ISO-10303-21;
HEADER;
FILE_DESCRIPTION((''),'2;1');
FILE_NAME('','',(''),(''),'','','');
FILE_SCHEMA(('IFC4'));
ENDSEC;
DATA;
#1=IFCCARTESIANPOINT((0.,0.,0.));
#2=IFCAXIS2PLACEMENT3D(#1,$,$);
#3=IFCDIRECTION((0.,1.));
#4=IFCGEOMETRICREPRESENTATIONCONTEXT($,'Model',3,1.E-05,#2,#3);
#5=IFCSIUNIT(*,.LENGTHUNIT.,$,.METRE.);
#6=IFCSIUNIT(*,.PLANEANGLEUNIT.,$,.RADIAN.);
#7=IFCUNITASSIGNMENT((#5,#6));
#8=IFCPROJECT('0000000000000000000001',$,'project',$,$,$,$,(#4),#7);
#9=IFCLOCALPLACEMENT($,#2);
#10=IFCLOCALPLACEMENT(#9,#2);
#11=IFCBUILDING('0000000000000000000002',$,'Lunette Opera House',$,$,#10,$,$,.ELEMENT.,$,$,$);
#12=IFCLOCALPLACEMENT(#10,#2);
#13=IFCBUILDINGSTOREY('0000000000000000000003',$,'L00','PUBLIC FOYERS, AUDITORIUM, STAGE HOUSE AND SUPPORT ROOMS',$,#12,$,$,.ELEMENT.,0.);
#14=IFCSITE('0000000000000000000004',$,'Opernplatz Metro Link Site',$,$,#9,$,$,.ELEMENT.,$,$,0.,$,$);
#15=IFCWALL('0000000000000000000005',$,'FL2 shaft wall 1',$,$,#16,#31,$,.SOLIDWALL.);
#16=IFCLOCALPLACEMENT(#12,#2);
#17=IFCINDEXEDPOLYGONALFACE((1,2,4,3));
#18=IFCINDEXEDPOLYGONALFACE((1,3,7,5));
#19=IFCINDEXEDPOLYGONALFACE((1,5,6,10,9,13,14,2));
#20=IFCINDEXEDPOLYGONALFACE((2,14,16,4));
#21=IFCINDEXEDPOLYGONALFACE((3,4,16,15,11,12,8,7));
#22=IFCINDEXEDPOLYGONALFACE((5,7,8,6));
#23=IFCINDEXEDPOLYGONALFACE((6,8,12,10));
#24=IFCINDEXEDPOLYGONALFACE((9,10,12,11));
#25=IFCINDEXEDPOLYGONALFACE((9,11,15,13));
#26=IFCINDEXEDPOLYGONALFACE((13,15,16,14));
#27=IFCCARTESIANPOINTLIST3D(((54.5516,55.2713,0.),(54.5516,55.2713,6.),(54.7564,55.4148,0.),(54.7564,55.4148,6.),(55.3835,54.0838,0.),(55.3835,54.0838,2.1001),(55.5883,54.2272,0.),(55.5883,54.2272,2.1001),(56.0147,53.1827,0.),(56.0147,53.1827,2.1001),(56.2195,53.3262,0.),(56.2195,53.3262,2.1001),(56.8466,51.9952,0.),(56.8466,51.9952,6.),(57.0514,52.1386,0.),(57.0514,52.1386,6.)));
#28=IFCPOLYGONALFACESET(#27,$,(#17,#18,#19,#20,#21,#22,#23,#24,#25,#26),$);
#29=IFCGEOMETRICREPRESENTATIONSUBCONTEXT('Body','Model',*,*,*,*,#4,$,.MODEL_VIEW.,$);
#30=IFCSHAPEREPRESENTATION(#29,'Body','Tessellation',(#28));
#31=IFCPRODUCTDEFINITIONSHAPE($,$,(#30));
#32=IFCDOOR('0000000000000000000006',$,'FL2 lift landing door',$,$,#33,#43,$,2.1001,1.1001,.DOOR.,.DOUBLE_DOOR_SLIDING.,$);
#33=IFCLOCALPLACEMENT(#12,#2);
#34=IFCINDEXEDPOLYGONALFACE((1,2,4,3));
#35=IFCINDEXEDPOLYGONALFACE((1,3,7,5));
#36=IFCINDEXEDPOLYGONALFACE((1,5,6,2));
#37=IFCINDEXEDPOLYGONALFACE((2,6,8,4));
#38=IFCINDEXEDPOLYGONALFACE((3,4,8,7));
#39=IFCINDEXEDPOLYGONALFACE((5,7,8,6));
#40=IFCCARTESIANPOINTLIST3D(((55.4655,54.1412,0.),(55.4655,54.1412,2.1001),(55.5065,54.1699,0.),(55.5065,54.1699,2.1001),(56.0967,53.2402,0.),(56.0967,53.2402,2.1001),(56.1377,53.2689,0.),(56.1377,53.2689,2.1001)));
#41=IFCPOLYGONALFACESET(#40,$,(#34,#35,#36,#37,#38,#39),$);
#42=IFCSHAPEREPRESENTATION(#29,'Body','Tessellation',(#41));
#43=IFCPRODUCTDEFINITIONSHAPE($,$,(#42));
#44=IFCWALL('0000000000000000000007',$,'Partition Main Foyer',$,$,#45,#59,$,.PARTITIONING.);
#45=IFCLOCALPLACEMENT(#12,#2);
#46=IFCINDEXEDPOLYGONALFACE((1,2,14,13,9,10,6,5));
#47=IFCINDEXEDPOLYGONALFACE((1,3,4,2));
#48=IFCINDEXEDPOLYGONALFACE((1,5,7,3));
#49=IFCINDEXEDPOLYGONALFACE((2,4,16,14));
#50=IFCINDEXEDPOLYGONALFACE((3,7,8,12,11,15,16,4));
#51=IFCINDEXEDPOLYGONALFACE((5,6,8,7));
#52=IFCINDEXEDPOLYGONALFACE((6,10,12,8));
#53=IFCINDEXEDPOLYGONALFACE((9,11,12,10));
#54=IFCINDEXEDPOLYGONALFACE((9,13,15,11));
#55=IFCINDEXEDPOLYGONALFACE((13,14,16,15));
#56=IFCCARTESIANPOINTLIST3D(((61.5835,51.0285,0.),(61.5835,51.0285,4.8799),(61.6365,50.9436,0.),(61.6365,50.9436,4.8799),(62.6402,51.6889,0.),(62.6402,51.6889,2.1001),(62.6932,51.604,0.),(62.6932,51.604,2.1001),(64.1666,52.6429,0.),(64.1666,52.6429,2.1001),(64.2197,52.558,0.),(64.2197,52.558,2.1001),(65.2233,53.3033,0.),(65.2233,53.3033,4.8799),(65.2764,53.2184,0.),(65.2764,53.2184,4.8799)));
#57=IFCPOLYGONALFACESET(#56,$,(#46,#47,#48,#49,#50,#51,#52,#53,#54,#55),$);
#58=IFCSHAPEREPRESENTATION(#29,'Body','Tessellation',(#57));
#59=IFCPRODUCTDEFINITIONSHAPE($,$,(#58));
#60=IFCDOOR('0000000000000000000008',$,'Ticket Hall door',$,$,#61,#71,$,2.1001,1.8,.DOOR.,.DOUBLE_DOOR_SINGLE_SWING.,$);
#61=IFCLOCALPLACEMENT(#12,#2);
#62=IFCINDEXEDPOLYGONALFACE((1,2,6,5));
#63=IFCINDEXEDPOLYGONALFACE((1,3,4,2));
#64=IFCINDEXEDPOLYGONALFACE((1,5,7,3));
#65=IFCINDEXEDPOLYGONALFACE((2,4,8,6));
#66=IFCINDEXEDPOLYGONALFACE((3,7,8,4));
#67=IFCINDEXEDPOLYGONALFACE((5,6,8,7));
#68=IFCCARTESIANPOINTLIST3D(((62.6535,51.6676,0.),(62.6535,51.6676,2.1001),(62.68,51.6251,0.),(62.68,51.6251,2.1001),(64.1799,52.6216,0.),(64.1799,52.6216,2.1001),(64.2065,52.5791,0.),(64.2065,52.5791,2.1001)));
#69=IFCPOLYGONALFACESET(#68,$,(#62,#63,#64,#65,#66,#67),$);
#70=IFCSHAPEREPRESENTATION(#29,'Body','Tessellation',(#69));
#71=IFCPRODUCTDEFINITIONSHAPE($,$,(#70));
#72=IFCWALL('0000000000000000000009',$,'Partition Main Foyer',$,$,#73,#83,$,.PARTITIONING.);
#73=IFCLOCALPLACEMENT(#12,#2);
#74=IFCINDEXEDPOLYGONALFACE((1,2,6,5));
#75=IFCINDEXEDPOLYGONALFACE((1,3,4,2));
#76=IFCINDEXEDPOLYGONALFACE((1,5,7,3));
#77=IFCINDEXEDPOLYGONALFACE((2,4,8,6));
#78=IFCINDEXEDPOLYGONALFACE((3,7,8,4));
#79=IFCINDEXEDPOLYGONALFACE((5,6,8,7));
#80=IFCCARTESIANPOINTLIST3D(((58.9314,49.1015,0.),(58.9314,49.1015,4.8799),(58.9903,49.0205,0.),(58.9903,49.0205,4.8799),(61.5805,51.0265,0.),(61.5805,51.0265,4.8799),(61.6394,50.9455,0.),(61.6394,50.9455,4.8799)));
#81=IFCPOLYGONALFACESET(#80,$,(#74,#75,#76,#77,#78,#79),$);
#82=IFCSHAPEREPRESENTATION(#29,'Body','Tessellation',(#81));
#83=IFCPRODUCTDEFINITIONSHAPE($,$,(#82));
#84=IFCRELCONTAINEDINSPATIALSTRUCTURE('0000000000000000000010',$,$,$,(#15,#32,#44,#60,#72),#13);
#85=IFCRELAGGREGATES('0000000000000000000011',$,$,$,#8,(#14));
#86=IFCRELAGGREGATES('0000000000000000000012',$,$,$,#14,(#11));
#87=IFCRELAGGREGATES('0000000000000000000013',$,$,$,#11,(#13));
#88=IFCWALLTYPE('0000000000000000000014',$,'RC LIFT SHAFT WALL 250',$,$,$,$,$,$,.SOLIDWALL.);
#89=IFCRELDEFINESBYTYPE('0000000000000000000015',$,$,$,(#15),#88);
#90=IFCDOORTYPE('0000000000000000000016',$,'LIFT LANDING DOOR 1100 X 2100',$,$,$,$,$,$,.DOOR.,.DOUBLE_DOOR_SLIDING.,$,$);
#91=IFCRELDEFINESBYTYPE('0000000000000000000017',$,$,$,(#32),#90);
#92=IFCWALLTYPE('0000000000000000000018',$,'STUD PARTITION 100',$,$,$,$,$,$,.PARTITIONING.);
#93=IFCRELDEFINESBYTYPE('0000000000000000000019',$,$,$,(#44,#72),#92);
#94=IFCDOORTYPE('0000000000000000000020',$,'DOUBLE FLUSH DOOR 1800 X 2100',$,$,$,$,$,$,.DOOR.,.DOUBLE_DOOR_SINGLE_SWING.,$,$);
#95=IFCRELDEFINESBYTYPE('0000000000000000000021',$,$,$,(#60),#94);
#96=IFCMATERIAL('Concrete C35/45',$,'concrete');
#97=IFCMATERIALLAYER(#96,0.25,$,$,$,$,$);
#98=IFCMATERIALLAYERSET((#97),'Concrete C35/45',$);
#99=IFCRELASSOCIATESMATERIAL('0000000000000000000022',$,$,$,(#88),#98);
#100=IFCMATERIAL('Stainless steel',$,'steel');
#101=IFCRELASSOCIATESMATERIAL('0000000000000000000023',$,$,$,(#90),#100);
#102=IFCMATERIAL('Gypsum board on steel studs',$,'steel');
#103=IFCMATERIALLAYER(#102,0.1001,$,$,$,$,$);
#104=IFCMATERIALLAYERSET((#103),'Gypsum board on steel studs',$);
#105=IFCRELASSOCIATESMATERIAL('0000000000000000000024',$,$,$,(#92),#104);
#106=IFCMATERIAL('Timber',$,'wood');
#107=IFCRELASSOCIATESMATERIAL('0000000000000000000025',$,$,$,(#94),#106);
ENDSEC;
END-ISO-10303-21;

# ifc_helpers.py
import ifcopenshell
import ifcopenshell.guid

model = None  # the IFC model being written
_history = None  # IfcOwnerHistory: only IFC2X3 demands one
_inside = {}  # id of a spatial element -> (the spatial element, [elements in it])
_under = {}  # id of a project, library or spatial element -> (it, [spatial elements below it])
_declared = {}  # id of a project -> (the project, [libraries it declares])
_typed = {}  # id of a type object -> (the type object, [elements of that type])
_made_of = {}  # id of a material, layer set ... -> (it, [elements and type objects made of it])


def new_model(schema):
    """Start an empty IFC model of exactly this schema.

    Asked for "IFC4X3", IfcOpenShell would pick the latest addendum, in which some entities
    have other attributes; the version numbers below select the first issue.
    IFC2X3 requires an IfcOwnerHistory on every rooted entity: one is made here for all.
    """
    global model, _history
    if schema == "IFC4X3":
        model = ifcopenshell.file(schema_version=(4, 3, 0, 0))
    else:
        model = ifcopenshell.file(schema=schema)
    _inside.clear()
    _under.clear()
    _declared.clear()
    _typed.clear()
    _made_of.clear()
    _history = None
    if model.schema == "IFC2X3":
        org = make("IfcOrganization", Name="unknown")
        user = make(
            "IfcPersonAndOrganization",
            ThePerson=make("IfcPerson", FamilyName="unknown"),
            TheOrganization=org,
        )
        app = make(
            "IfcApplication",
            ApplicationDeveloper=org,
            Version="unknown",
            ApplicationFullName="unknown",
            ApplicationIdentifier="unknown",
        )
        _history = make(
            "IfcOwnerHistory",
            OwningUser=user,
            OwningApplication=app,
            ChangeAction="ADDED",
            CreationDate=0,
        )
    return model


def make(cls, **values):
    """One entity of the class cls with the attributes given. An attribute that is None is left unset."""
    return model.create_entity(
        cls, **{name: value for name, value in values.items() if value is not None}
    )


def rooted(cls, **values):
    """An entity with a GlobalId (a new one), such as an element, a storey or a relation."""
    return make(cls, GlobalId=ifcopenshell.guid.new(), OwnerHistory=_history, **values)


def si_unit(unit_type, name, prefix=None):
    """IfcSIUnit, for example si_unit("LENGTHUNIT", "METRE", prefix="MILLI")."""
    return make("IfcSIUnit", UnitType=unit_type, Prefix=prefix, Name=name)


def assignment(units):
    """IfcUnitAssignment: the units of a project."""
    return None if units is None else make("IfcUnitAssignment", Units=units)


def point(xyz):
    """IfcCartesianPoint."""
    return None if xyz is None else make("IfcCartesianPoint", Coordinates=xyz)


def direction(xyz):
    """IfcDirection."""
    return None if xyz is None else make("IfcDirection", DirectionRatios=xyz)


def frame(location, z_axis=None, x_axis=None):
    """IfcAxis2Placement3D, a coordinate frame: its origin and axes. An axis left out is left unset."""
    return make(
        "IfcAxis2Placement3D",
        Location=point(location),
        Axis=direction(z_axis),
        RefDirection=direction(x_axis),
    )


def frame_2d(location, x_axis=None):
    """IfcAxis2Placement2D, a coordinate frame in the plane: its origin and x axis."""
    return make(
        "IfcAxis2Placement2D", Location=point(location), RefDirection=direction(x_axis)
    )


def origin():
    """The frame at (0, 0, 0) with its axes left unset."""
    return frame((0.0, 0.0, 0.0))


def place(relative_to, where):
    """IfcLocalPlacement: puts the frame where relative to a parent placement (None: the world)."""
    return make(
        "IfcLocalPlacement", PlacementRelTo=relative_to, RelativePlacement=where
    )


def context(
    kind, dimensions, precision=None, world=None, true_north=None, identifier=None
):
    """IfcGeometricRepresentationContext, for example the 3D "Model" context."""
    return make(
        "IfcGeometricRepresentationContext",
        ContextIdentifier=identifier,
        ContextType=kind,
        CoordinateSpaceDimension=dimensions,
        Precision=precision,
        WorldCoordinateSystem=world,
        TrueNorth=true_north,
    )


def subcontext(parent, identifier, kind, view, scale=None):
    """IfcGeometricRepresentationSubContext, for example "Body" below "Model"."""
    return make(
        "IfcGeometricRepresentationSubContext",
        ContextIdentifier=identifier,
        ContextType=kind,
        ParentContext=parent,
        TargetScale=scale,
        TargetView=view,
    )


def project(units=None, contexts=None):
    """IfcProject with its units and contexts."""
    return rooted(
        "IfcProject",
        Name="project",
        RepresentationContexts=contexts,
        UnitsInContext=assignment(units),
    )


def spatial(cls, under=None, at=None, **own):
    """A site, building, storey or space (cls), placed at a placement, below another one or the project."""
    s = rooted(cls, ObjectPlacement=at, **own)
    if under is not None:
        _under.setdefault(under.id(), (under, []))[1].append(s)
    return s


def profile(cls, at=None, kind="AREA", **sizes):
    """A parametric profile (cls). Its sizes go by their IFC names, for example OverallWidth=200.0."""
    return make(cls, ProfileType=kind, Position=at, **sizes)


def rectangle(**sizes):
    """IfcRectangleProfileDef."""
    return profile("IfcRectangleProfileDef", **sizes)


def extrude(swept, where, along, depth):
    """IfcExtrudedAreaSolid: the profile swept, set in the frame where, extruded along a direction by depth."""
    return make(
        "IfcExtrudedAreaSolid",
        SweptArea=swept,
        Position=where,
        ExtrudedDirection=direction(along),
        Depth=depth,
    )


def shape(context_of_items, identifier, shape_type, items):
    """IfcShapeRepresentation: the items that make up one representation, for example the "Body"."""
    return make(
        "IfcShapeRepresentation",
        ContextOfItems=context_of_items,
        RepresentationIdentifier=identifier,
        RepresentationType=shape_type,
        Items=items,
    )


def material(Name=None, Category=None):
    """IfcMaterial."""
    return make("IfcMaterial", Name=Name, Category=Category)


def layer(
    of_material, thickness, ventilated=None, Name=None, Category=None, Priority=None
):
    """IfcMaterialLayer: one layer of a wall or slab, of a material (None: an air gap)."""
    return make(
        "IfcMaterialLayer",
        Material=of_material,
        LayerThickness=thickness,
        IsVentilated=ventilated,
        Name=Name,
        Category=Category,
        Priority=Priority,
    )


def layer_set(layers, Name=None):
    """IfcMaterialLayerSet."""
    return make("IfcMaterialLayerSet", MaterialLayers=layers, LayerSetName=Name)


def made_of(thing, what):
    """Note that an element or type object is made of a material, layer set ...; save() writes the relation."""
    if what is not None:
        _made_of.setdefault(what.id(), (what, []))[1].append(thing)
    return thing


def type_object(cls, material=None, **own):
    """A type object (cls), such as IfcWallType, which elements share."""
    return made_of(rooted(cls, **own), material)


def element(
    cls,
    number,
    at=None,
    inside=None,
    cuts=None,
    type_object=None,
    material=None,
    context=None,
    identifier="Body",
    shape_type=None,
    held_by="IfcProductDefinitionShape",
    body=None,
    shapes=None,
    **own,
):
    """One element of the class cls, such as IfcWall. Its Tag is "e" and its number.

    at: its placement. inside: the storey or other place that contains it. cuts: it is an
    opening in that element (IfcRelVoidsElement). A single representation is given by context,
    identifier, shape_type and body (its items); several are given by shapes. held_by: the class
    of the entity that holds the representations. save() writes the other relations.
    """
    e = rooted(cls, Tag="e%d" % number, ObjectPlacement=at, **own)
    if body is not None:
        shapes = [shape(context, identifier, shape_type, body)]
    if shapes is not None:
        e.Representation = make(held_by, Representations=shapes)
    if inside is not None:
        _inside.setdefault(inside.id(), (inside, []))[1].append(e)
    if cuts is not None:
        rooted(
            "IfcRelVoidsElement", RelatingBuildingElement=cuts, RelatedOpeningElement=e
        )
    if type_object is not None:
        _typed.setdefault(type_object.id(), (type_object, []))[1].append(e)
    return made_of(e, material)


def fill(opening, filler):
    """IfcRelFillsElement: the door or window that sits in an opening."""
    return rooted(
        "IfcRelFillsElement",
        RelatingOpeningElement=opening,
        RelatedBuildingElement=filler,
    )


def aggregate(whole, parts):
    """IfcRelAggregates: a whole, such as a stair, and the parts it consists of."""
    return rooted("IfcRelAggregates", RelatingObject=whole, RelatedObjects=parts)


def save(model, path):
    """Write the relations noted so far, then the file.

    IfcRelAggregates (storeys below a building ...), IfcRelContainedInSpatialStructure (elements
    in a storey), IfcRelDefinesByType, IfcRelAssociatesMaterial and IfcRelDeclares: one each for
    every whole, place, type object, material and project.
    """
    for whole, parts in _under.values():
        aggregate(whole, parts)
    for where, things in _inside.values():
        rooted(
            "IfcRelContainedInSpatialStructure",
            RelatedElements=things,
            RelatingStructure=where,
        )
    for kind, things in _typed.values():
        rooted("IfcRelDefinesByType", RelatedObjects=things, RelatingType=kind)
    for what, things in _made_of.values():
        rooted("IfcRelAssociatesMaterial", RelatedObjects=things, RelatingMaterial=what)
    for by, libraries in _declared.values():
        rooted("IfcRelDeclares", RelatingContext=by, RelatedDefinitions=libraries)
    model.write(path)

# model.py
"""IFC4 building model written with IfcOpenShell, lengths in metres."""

from ifc_helpers import new_model, si_unit, direction, frame, frame_2d, origin, place, context, subcontext, project, spatial, rectangle, extrude, material, layer, layer_set, type_object, element, fill, save


model = new_model("IFC4")

# Units and contexts
model_context = context("Model", 3, precision=1e-05, world=origin(), true_north=direction((0.0, 1.0)))
body_context = subcontext(model_context, "Body", "Model", "MODEL_VIEW")
ifc_project = project(units=[si_unit("LENGTHUNIT", "METRE"), si_unit("PLANEANGLEUNIT", "RADIAN")], contexts=[model_context])

# Site, building, storey
site_placement = place(None, origin())
site = spatial("IfcSite", under=ifc_project, at=site_placement, Name="Opernplatz Metro Link Site", CompositionType="ELEMENT", RefElevation=0.0)
building_placement = place(site_placement, origin())
building = spatial("IfcBuilding", under=site, at=building_placement, Name="Lunette Opera House", CompositionType="ELEMENT")
storey_placement = place(building_placement, origin())
storey = spatial("IfcBuildingStorey", under=building, at=storey_placement, Name="L00", Description="PUBLIC FOYERS, AUDITORIUM, STAGE HOUSE AND SUPPORT ROOMS", CompositionType="ELEMENT", Elevation=0.0)

# Walls, openings, doors
ifc_material_1 = material(Name="Concrete C35/45", Category="concrete")
ifc_layer_1 = layer(ifc_material_1, 0.25)
ifc_layer_set_1 = layer_set([ifc_layer_1], Name="Concrete C35/45")
wall_type_1 = type_object("IfcWallType", Name="RC LIFT SHAFT WALL 250", PredefinedType="SOLIDWALL", material=ifc_layer_set_1)
wall_1_placement = place(storey_placement, frame((56.949, 52.0669, 0.0), z_axis=(0.0, 0.0, 1.0), x_axis=(-0.573737, 0.81904, 0.0)))
wall_1 = element("IfcWall", 1, at=wall_1_placement, inside=storey, type_object=wall_type_1, Name="FL2 shaft wall 1", PredefinedType="SOLIDWALL", context=body_context, shape_type="SweptSolid", body=[
    extrude(rectangle(XDim=4.0, YDim=0.25, at=frame_2d((2.0, 0.0))), origin(), (0.0, 0.0, 1.0), 6.0),
])
opening_1_placement = place(wall_1_placement, frame((1.45, 0.0, 0.0)))
opening_1 = element("IfcOpeningElement", 2, at=opening_1_placement, cuts=wall_1, PredefinedType="OPENING", context=body_context, shape_type="SweptSolid", body=[
    extrude(rectangle(XDim=1.1001, YDim=2.1001, at=frame_2d((0.55, 1.05))), frame((0.0, 0.137, 0.0), z_axis=(0.0, -1.0, 0.0), x_axis=(1.0, 0.0, 0.0)), (0.0, 0.0, 1.0), 0.2739),
])
ifc_material_2 = material(Name="Stainless steel", Category="steel")
door_type_1 = type_object("IfcDoorType", Name="LIFT LANDING DOOR 1100 X 2100", OperationType="DOUBLE_DOOR_SLIDING", PredefinedType="DOOR", material=ifc_material_2)
door_1_placement = place(opening_1_placement, origin())
door_1 = element("IfcDoor", 3, at=door_1_placement, inside=storey, type_object=door_type_1, Name="FL2 lift landing door", OperationType="DOUBLE_DOOR_SLIDING", OverallHeight=2.1001, OverallWidth=1.1001, PredefinedType="DOOR", context=body_context, shape_type="SweptSolid", body=[
    extrude(rectangle(XDim=1.1001, YDim=2.1001, at=frame_2d((0.55, 1.05))), frame((0.0, 0.0249, 0.0), z_axis=(0.0, -1.0, 0.0), x_axis=(1.0, 0.0, 0.0)), (0.0, 0.0, 1.0), 0.05),
])
fill(opening_1, door_1)
ifc_material_3 = material(Name="Gypsum board on steel studs", Category="steel")
ifc_layer_2 = layer(ifc_material_3, 0.1001)
ifc_layer_set_2 = layer_set([ifc_layer_2], Name="Gypsum board on steel studs")
wall_type_2 = type_object("IfcWallType", Name="STUD PARTITION 100", PredefinedType="PARTITIONING", material=ifc_layer_set_2)
wall_2_placement = place(storey_placement, frame((61.6101, 50.9861, 0.0), z_axis=(0.0, 0.0, 1.0), x_axis=(0.848001, 0.529994, 0.0)))
wall_2 = element("IfcWall", 4, at=wall_2_placement, inside=storey, type_object=wall_type_2, Name="Partition Main Foyer", PredefinedType="PARTITIONING", context=body_context, shape_type="SweptSolid", body=[
    extrude(rectangle(XDim=4.2922, YDim=0.1001, at=frame_2d((2.146, 0.0))), origin(), (0.0, 0.0, 1.0), 4.8799),
])
opening_2_placement = place(wall_2_placement, frame((1.2461, 0.0, 0.0)))
opening_2 = element("IfcOpeningElement", 5, at=opening_2_placement, cuts=wall_2, PredefinedType="OPENING", context=body_context, shape_type="SweptSolid", body=[
    extrude(rectangle(XDim=1.8, YDim=2.1001, at=frame_2d((0.8999, 1.05))), frame((0.0, 0.062, 0.0), z_axis=(0.0, -1.0, 0.0), x_axis=(1.0, 0.0, 0.0)), (0.0, 0.0, 1.0), 0.124),
])
ifc_material_4 = material(Name="Timber", Category="wood")
door_type_2 = type_object("IfcDoorType", Name="DOUBLE FLUSH DOOR 1800 X 2100", OperationType="DOUBLE_DOOR_SINGLE_SWING", PredefinedType="DOOR", material=ifc_material_4)
door_2_placement = place(opening_2_placement, origin())
door_2 = element("IfcDoor", 6, at=door_2_placement, inside=storey, type_object=door_type_2, Name="Ticket Hall door", OperationType="DOUBLE_DOOR_SINGLE_SWING", OverallHeight=2.1001, OverallWidth=1.8, PredefinedType="DOOR", context=body_context, shape_type="SweptSolid", body=[
    extrude(rectangle(XDim=1.8, YDim=2.1001, at=frame_2d((0.8999, 1.05))), frame((0.0, 0.0249, 0.0), z_axis=(0.0, -1.0, 0.0), x_axis=(1.0, 0.0, 0.0)), (0.0, 0.0, 1.0), 0.05),
])
fill(opening_2, door_2)

# Wall
wall_3_placement = place(storey_placement, frame((58.9609, 49.061, 0.0), z_axis=(0.0, 0.0, 1.0), x_axis=(0.808971, 0.587848, 0.0)))
element("IfcWall", 7, at=wall_3_placement, inside=storey, type_object=wall_type_2, Name="Partition Main Foyer", PredefinedType="PARTITIONING", context=body_context, shape_type="SweptSolid", body=[
    extrude(rectangle(XDim=3.2747, YDim=0.1001, at=frame_2d((1.6372, 0.0))), origin(), (0.0, 0.0, 1.0), 4.8799),
])

save(model, "model.ifc")
